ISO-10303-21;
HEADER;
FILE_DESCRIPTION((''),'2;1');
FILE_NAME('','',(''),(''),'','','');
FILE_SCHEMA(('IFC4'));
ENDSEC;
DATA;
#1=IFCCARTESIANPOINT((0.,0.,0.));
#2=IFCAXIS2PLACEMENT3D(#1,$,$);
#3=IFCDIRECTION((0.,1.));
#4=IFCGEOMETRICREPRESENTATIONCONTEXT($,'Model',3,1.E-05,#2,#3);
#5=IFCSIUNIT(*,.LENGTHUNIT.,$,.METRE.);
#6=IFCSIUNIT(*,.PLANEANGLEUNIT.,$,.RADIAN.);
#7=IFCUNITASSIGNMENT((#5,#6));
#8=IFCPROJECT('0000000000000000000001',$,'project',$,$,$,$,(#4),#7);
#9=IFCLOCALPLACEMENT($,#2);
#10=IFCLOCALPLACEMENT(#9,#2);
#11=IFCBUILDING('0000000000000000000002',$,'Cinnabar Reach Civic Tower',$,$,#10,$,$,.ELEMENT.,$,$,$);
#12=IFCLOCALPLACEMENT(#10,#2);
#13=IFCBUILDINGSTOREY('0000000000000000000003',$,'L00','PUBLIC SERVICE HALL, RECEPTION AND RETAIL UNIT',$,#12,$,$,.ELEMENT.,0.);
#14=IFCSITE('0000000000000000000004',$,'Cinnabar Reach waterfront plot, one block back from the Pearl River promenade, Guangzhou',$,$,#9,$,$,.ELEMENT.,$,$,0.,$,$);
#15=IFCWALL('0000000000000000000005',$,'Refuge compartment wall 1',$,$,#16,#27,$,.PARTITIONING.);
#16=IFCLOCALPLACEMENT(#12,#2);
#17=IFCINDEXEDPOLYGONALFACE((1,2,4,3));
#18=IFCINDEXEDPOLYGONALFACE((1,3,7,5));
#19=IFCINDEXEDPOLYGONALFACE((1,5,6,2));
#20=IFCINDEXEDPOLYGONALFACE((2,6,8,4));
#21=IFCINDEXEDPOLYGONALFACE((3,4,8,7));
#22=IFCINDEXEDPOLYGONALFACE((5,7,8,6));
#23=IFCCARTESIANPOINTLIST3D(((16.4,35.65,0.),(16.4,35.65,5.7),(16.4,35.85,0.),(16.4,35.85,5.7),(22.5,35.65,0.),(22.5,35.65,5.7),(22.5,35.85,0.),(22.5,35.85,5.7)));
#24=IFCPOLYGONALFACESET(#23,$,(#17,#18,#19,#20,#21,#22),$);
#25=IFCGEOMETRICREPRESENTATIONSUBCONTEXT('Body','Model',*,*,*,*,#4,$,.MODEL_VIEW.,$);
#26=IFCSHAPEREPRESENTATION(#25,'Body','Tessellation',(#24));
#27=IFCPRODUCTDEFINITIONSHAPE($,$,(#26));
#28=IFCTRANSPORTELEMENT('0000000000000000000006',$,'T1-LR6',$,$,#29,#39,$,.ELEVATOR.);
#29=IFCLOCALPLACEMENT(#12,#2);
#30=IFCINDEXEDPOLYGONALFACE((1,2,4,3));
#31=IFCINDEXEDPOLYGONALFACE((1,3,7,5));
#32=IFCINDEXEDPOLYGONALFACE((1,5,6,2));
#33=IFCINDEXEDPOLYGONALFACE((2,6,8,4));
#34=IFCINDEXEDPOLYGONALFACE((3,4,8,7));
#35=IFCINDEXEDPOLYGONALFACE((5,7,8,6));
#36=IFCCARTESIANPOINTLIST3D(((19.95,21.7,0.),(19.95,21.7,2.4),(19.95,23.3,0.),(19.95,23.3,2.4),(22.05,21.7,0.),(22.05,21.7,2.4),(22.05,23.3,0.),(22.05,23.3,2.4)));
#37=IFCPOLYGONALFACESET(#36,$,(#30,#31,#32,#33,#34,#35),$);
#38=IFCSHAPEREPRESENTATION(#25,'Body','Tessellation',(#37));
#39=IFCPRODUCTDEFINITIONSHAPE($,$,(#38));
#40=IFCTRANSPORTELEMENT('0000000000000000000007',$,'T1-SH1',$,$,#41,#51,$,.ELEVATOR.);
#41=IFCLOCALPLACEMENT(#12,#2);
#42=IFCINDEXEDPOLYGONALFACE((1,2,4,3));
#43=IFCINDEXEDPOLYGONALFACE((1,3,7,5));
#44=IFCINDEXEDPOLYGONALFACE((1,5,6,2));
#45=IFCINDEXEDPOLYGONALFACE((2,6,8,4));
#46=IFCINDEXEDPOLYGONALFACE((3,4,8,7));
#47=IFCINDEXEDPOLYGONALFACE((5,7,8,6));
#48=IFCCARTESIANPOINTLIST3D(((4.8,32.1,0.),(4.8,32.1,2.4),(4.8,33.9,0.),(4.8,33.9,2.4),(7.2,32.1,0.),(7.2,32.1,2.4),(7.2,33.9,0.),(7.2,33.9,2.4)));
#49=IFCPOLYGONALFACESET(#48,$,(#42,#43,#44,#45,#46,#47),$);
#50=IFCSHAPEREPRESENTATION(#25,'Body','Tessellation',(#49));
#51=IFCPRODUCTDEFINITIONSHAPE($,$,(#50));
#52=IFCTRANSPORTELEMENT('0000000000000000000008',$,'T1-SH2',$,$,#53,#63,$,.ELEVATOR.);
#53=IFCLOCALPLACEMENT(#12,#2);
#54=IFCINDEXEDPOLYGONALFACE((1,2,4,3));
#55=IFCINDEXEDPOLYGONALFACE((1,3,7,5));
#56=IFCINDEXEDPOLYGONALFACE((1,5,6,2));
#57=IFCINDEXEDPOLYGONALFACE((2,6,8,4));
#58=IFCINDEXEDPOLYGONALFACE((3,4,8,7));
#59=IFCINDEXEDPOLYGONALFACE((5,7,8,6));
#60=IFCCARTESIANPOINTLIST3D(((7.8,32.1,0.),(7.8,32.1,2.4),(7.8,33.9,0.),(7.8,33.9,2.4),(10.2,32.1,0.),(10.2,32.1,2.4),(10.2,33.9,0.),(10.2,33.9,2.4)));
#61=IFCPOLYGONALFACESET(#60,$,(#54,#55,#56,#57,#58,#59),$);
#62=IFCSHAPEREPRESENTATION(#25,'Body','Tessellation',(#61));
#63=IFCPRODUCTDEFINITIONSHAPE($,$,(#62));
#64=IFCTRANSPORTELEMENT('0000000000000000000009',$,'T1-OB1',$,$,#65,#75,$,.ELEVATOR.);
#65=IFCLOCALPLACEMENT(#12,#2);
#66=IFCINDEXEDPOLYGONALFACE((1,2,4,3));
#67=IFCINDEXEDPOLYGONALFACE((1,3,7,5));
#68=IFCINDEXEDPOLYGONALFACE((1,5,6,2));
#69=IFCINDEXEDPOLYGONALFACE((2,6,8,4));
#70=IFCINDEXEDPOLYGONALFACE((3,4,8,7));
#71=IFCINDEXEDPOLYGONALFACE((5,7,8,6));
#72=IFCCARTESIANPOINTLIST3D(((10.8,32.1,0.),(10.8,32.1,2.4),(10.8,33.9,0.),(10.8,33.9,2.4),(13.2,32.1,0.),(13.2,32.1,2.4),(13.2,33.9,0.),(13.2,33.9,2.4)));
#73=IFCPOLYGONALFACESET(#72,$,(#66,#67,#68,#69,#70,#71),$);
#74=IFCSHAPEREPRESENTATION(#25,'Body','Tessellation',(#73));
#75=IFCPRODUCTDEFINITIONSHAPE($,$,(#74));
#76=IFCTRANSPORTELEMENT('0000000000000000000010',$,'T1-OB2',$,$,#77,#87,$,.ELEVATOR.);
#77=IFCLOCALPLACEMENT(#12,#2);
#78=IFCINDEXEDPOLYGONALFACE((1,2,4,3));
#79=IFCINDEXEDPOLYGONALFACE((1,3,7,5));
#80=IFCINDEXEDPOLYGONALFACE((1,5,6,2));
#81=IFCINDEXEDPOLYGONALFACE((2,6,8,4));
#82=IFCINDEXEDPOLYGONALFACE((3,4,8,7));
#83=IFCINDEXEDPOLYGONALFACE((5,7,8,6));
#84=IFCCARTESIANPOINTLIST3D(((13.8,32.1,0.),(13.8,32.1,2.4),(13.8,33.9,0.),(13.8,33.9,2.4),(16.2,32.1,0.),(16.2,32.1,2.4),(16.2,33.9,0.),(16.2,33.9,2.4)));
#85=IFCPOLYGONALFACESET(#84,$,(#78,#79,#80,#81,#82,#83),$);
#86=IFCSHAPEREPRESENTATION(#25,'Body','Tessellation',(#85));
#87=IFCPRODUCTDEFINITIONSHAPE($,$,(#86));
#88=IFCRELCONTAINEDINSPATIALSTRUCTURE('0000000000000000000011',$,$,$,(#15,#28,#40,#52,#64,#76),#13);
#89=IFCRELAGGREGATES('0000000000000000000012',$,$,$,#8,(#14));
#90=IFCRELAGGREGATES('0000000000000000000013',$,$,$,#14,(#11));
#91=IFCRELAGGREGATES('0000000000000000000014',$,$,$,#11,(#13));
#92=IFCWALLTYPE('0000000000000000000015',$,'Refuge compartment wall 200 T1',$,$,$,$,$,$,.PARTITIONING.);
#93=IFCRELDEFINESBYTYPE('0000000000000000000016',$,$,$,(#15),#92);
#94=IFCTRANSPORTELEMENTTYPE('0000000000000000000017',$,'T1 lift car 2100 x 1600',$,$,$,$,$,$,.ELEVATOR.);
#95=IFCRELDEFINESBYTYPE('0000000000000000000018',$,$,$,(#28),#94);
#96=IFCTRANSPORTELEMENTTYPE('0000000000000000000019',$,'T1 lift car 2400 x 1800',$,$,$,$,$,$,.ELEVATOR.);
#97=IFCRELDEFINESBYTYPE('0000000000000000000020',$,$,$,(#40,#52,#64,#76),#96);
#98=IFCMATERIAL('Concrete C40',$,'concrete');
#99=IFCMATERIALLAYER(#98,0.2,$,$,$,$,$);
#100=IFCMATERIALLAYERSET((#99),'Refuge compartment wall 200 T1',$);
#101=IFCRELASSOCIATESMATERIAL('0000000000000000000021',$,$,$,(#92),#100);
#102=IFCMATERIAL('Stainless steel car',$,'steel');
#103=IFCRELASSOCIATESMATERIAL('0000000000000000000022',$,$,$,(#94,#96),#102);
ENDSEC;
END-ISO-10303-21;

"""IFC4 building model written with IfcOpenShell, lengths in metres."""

from ifc_helpers import new_model, si_unit, direction, frame, frame_2d, origin, origin_2d, place, context, subcontext, project, spatial, rectangle, extrude, material, layer, layer_set, type_object, element, save


model = new_model("IFC4")

# Units and contexts
model_context = context("Model", 3, precision=1e-05, world=origin(), true_north=direction((0.0, 1.0)))
body_context = subcontext(model_context, "Body", "Model", "MODEL_VIEW")
ifc_project = project(units=[si_unit("LENGTHUNIT", "METRE"), si_unit("PLANEANGLEUNIT", "RADIAN")], contexts=[model_context])

# Site, building, storey
site_placement = place(None, origin())
site = spatial("IfcSite", under=ifc_project, at=site_placement, Name="Cinnabar Reach waterfront plot, one block back from the Pearl River promenade, Guangzhou", CompositionType="ELEMENT", RefElevation=0.0)
building_placement = place(site_placement, origin())
building = spatial("IfcBuilding", under=site, at=building_placement, Name="Cinnabar Reach Civic Tower", CompositionType="ELEMENT")
storey_placement = place(building_placement, origin())
storey = spatial("IfcBuildingStorey", under=building, at=storey_placement, Name="L00", Description="PUBLIC SERVICE HALL, RECEPTION AND RETAIL UNIT", CompositionType="ELEMENT", Elevation=0.0)

# Wall
ifc_material_1 = material(Name="Concrete C40", Category="concrete")
ifc_layer_1 = layer(ifc_material_1, 0.2)
ifc_layer_set_1 = layer_set([ifc_layer_1], Name="Refuge compartment wall 200 T1")
wall_type_1 = type_object("IfcWallType", Name="Refuge compartment wall 200 T1", PredefinedType="PARTITIONING", material=ifc_layer_set_1)
wall_1_placement = place(storey_placement, frame((16.4, 35.75, 0.0), z_axis=(0.0, 0.0, 1.0), x_axis=(1.0, 0.0, 0.0)))
element("IfcWall", 1, at=wall_1_placement, inside=storey, type_object=wall_type_1, Name="Refuge compartment wall 1", PredefinedType="PARTITIONING", context=body_context, shape_type="SweptSolid", body=[
    extrude(rectangle(XDim=6.1, YDim=0.2, at=frame_2d((3.05, 0.0))), origin(), (0.0, 0.0, 1.0), 5.7),
])

# Transport elements
ifc_material_2 = material(Name="Stainless steel car", Category="steel")
transport_element_type_1 = type_object("IfcTransportElementType", Name="T1 lift car 2100 x 1600", PredefinedType="ELEVATOR", material=ifc_material_2)
transport_element_placement = place(storey_placement, frame((21.0, 22.5, 0.0), z_axis=(0.0, 0.0, 1.0), x_axis=(1.0, 0.0, 0.0)))
element("IfcTransportElement", 2, at=transport_element_placement, inside=storey, type_object=transport_element_type_1, Name="T1-LR6", PredefinedType="ELEVATOR", context=body_context, shape_type="SweptSolid", body=[
    extrude(rectangle(XDim=2.1, YDim=1.6, at=origin_2d()), origin(), (0.0, 0.0, 1.0), 2.4),
])
transport_element_type_2 = type_object("IfcTransportElementType", Name="T1 lift car 2400 x 1800", PredefinedType="ELEVATOR", material=ifc_material_2)
for number, where, z_axis, x_axis, name in (
    (3, (6.0, 33.0, 0.0), (0.0, 0.0, 1.0), (1.0, 0.0, 0.0), "T1-SH1"),
    (4, (9.0, 33.0, 0.0), (0.0, 0.0, 1.0), (1.0, 0.0, 0.0), "T1-SH2"),
    (5, (12.0, 33.0, 0.0), (0.0, 0.0, 1.0), (1.0, 0.0, 0.0), "T1-OB1"),
    (6, (15.0, 33.0, 0.0), (0.0, 0.0, 1.0), (1.0, 0.0, 0.0), "T1-OB2"),
):
    element("IfcTransportElement", number, at=place(storey_placement, frame(where, z_axis=z_axis, x_axis=x_axis)), inside=storey, type_object=transport_element_type_2, Name=name, PredefinedType="ELEVATOR", context=body_context, shape_type="SweptSolid", body=[
        extrude(rectangle(XDim=2.4, YDim=1.8, at=origin_2d()), origin(), (0.0, 0.0, 1.0), 2.4),
    ])

save(model, "model.ifc")
